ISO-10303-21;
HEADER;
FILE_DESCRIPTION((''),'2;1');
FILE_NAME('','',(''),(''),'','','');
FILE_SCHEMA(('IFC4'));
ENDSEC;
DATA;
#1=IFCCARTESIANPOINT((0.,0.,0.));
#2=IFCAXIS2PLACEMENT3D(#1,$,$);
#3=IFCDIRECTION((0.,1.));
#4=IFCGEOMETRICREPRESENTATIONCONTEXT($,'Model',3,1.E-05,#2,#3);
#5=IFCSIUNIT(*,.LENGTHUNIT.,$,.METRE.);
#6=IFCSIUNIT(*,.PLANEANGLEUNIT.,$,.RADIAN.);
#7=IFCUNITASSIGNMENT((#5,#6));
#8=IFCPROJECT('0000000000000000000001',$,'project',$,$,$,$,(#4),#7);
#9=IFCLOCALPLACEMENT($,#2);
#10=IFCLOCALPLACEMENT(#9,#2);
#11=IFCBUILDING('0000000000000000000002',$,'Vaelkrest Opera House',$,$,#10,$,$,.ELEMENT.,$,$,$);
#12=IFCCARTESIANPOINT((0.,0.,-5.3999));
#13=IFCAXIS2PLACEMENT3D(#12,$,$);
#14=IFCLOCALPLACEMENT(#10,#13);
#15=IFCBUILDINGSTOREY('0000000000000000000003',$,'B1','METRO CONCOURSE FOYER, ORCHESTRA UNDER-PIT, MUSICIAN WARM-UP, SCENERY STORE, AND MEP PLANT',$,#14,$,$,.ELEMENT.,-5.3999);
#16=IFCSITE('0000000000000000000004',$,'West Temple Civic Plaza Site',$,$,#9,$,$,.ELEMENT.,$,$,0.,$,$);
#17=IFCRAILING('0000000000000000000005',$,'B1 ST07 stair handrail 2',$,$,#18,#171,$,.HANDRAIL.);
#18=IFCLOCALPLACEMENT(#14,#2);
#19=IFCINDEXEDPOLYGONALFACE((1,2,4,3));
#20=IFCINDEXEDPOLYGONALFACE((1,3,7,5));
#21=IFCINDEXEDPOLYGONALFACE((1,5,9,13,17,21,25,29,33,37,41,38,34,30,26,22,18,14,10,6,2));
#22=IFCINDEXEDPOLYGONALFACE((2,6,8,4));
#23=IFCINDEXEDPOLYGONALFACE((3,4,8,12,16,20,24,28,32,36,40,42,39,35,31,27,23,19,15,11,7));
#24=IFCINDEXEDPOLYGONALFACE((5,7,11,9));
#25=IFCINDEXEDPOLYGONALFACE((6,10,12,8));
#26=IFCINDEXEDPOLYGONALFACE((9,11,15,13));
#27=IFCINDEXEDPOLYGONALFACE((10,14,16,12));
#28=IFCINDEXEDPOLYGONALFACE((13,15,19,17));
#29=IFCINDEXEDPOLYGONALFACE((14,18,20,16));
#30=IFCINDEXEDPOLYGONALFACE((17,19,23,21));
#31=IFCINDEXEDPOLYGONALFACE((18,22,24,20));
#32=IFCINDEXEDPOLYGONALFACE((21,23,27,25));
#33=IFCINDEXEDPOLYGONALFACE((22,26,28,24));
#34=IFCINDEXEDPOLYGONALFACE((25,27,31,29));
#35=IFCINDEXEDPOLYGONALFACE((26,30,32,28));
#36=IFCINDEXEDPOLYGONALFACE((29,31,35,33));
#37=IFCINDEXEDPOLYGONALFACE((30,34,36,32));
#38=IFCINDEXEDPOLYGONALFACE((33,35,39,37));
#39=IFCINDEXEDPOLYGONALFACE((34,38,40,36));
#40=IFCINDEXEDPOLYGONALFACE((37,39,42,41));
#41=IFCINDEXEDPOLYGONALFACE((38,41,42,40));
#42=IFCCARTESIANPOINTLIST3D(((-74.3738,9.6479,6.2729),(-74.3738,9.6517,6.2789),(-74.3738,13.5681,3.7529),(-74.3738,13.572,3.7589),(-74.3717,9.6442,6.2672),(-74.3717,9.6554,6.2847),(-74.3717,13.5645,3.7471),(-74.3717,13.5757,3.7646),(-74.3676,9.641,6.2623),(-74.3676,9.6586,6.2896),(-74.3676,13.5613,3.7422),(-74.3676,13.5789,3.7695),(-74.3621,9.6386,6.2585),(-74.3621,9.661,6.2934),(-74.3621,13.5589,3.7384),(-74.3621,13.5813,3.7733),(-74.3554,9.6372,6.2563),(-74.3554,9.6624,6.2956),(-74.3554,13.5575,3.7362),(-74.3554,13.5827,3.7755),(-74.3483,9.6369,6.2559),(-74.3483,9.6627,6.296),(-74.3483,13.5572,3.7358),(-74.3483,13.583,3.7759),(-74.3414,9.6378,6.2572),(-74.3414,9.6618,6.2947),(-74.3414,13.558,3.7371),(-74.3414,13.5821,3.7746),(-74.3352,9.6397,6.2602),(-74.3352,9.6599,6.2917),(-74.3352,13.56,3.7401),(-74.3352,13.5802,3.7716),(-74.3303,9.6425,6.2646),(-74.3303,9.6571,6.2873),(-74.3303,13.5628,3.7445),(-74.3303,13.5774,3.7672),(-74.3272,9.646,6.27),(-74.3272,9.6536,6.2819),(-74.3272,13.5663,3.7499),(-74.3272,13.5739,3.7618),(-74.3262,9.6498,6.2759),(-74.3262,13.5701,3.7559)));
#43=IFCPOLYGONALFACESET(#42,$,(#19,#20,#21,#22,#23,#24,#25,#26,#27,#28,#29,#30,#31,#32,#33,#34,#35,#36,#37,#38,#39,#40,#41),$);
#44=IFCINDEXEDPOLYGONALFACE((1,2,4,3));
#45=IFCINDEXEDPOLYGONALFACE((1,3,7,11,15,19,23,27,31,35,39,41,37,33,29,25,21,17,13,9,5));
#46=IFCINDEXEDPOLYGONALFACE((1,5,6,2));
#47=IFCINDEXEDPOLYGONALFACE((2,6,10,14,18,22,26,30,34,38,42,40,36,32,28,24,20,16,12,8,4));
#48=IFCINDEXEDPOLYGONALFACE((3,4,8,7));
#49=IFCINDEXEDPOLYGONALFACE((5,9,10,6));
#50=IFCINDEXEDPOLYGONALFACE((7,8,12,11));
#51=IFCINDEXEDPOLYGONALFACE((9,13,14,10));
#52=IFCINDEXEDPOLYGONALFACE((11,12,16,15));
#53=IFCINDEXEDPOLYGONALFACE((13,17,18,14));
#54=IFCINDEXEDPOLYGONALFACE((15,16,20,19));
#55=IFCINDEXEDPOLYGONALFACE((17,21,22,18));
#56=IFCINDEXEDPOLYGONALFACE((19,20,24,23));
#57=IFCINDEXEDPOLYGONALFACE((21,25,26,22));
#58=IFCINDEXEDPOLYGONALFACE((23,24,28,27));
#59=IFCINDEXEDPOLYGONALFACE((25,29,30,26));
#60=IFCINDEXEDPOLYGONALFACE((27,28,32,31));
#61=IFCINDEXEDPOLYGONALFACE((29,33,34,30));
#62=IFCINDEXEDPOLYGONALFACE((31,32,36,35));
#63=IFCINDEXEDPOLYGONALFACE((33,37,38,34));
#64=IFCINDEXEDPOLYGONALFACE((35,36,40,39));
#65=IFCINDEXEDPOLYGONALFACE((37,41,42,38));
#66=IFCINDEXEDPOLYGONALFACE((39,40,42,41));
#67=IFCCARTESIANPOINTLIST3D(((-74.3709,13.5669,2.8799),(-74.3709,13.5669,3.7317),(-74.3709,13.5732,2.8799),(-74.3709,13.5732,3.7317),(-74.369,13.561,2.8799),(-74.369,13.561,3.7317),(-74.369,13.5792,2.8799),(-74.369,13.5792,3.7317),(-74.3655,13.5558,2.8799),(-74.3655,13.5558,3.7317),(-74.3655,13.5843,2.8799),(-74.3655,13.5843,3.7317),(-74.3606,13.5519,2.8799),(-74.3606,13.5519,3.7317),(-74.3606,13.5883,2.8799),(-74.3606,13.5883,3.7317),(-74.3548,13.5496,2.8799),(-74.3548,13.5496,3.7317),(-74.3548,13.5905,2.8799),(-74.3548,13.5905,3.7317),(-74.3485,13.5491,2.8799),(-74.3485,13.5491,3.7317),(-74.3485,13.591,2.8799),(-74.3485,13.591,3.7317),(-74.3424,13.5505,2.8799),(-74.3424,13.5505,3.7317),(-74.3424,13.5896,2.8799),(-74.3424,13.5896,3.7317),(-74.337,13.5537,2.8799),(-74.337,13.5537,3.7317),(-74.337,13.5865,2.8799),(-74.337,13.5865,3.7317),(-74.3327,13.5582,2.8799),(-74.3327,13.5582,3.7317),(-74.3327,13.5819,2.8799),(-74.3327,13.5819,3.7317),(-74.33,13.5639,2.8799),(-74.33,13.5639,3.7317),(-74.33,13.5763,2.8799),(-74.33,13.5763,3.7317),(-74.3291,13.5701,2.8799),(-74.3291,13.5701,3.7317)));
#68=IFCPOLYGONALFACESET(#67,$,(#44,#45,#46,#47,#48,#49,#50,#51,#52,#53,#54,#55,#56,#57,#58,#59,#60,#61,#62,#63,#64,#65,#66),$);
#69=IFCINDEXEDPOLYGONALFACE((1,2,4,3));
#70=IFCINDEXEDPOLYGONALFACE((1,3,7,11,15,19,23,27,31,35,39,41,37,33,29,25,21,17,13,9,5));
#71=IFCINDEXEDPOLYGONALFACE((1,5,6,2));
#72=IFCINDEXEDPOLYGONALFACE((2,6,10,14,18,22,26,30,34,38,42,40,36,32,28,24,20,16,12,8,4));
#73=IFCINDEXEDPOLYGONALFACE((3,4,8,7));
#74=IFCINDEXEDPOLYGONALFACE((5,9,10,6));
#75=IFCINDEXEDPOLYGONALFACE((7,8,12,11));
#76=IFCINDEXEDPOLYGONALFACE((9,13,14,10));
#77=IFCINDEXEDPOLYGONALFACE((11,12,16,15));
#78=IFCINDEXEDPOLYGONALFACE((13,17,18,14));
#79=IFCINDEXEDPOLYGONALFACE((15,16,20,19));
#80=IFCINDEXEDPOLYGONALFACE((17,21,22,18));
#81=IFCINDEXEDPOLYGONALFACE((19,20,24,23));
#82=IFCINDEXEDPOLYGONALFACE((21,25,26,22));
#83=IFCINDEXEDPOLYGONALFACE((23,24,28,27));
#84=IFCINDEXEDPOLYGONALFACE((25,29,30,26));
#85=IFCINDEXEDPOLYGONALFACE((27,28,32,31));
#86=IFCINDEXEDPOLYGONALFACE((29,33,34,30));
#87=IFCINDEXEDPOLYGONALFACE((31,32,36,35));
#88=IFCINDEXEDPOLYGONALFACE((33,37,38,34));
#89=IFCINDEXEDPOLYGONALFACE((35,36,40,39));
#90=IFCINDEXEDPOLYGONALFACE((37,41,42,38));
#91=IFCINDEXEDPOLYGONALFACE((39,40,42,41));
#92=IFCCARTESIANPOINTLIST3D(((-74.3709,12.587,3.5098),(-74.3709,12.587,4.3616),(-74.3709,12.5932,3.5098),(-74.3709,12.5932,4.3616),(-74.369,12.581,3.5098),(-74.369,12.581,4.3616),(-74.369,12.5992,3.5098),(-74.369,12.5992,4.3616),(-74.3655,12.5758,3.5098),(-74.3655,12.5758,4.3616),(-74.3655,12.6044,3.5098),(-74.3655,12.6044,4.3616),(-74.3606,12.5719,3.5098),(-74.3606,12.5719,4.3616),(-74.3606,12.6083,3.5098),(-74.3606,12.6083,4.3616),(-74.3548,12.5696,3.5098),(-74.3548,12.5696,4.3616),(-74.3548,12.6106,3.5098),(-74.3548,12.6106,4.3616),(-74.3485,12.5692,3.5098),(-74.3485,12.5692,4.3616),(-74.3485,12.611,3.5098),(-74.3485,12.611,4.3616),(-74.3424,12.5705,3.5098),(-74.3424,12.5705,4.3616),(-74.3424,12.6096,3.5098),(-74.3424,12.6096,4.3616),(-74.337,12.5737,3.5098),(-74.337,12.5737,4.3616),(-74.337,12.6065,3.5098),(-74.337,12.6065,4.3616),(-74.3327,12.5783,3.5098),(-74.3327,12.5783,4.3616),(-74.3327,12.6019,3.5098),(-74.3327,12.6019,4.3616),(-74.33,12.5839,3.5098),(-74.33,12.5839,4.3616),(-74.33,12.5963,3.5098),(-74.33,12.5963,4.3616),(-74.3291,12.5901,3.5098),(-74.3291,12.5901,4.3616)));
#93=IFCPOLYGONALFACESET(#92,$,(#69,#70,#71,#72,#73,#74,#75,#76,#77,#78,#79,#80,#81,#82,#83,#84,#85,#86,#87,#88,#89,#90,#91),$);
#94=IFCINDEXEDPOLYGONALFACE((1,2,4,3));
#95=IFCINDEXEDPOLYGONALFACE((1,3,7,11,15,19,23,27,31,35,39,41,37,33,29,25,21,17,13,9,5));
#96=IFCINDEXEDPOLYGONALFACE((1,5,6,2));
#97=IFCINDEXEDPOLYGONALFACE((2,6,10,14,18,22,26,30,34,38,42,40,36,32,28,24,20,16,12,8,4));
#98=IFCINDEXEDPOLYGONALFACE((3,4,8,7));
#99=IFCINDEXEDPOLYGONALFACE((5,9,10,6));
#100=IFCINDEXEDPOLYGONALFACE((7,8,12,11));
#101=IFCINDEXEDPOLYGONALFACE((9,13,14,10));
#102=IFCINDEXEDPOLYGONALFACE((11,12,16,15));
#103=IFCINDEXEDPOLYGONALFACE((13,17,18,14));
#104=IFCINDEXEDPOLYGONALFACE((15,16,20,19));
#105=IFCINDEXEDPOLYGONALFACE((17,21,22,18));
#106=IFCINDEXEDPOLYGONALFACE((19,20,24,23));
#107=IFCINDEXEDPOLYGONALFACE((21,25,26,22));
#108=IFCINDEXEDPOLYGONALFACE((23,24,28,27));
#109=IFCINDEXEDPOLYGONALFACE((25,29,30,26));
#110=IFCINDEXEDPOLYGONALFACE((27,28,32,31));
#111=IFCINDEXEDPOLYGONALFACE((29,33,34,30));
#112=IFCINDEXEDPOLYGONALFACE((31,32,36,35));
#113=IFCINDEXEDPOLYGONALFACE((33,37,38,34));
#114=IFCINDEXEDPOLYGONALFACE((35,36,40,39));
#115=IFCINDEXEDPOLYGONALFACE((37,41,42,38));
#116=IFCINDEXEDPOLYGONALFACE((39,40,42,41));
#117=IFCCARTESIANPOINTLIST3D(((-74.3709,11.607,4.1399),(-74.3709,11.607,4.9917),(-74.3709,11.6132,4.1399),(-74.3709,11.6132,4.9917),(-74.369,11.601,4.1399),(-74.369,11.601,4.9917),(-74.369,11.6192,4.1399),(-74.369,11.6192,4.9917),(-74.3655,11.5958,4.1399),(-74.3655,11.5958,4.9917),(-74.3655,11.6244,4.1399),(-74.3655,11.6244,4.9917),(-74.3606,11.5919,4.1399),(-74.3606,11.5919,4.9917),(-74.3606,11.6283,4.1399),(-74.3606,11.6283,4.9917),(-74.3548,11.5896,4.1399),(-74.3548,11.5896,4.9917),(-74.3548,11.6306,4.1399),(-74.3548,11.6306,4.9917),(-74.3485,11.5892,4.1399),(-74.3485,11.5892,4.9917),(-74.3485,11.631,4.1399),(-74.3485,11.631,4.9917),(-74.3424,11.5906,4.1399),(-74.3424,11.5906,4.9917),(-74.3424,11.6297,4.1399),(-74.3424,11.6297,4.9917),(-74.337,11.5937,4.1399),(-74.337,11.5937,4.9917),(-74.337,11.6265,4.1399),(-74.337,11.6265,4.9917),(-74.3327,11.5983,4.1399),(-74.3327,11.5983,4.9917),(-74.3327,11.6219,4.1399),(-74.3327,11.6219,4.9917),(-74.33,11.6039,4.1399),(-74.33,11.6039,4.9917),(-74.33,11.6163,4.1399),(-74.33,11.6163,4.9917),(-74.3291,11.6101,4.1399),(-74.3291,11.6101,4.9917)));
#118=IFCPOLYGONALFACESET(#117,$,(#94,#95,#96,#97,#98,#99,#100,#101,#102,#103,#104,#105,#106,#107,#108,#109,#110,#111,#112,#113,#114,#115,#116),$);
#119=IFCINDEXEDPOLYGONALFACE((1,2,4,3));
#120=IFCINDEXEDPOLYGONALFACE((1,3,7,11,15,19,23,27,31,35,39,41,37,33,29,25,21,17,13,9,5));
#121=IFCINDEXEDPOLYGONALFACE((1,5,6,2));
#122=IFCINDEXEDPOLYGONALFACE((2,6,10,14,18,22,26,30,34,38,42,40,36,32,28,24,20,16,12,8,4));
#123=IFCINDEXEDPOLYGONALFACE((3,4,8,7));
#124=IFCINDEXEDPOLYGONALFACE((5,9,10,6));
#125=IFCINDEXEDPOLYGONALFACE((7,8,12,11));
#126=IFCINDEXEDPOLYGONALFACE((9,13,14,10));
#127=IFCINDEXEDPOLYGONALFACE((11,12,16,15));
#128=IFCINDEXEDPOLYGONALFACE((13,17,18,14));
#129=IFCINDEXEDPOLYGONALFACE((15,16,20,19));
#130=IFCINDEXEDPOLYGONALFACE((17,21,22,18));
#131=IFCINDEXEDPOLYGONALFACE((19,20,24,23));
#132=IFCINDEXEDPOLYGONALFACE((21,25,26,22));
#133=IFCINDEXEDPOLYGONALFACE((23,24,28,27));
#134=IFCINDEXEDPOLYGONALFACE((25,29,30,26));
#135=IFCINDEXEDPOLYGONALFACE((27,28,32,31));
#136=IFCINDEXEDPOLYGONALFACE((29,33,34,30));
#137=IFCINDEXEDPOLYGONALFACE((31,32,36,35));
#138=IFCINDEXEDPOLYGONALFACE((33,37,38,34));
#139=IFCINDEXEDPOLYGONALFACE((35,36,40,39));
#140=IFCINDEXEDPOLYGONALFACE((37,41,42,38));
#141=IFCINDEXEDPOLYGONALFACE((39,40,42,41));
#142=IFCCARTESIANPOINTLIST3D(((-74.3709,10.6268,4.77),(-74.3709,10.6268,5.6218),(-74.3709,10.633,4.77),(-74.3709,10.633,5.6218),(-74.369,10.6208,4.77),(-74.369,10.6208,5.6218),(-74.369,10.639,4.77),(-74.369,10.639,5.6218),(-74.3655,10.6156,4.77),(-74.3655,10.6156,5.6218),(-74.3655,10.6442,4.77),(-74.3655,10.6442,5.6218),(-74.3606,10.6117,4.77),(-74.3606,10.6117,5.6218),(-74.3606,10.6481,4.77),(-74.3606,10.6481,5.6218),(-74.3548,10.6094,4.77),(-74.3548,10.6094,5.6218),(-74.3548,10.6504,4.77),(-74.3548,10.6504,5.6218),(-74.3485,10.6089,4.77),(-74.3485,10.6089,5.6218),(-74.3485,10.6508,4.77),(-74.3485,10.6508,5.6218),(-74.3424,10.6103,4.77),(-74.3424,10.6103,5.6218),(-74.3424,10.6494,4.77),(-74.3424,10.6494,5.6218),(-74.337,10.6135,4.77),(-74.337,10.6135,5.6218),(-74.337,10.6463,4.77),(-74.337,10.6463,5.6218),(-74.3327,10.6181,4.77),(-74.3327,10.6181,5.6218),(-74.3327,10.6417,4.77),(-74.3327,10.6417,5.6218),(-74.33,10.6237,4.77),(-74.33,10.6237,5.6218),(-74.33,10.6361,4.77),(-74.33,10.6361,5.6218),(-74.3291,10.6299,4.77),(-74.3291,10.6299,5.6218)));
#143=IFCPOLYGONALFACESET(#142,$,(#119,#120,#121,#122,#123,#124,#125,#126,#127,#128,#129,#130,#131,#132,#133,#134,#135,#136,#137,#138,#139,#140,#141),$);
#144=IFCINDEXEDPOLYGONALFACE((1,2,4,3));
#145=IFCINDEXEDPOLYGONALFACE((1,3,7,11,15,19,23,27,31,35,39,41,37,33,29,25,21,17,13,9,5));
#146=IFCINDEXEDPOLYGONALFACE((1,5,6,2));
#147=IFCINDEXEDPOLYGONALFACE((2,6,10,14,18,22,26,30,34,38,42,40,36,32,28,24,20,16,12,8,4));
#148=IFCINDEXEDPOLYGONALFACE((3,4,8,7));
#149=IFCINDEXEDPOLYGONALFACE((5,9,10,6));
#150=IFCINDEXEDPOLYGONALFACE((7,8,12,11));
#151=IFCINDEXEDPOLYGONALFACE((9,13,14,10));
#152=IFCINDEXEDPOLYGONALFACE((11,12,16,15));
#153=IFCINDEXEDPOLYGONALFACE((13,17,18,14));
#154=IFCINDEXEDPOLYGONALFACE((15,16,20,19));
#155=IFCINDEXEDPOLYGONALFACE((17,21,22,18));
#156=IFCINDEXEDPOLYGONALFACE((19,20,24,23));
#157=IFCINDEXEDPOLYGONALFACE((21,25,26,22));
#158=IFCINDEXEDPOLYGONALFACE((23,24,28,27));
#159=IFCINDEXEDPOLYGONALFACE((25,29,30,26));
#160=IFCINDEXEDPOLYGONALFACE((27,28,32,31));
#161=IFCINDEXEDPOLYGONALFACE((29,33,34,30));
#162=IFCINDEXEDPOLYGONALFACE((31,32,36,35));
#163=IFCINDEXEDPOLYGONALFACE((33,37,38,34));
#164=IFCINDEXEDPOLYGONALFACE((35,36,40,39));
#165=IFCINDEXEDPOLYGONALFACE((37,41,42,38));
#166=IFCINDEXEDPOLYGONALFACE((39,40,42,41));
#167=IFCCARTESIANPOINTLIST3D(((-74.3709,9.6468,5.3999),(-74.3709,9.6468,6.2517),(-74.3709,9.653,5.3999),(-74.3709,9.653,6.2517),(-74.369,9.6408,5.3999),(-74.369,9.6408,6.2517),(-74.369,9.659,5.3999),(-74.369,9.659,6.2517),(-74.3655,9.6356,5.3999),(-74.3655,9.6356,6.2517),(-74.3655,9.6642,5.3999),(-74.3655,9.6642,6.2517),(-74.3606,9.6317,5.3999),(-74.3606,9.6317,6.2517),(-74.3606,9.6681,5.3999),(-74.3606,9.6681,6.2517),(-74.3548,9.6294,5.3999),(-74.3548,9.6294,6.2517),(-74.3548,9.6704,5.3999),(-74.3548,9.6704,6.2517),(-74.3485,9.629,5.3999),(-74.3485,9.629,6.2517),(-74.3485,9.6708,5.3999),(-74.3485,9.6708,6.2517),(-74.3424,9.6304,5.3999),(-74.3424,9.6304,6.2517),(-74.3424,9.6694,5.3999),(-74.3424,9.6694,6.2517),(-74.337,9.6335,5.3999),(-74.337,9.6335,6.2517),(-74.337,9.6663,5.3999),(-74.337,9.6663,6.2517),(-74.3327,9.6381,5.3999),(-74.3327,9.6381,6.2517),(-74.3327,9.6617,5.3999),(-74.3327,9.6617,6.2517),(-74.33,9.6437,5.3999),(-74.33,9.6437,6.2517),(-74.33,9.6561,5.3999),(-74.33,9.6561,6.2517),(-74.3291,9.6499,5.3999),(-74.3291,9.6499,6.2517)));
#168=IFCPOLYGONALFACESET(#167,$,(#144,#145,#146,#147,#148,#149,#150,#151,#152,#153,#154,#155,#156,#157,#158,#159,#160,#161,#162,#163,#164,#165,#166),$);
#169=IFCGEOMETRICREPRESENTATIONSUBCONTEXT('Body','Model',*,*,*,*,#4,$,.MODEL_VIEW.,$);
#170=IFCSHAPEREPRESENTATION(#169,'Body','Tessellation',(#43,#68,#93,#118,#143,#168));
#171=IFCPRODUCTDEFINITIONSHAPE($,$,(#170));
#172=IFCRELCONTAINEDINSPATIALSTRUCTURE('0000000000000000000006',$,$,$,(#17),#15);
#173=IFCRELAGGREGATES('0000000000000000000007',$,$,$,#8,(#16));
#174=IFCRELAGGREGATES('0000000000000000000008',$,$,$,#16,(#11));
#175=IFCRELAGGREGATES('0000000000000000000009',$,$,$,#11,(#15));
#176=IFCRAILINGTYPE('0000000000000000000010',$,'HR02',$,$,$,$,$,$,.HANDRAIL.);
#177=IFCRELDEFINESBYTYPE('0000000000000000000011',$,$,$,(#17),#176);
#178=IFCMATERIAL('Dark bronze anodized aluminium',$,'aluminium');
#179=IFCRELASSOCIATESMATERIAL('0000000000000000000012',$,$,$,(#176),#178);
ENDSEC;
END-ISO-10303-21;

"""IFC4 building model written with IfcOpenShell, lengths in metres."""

from ifc_helpers import new_model, si_unit, direction, frame, origin, origin_2d, place, context, subcontext, project, spatial, circle, extrude, material, type_object, element, save


model = new_model("IFC4")

# Units and contexts
model_context = context("Model", 3, precision=1e-05, world=origin(), true_north=direction((0.0, 1.0)))
body_context = subcontext(model_context, "Body", "Model", "MODEL_VIEW")
ifc_project = project(units=[si_unit("LENGTHUNIT", "METRE"), si_unit("PLANEANGLEUNIT", "RADIAN")], contexts=[model_context])

# Site, building, storey
site_placement = place(None, origin())
site = spatial("IfcSite", under=ifc_project, at=site_placement, Name="West Temple Civic Plaza Site", CompositionType="ELEMENT", RefElevation=0.0)
building_placement = place(site_placement, origin())
building = spatial("IfcBuilding", under=site, at=building_placement, Name="Vaelkrest Opera House", CompositionType="ELEMENT")
storey_placement = place(building_placement, frame((0.0, 0.0, -5.3999)))
storey = spatial("IfcBuildingStorey", under=building, at=storey_placement, Name="B1", Description="METRO CONCOURSE FOYER, ORCHESTRA UNDER-PIT, MUSICIAN WARM-UP, SCENERY STORE, AND MEP PLANT", CompositionType="ELEMENT", Elevation=-5.3999)

# Railing
ifc_material_1 = material(Name="Dark bronze anodized aluminium", Category="aluminium")
railing_type_1 = type_object("IfcRailingType", Name="HR02", PredefinedType="HANDRAIL", material=ifc_material_1)
railing_1_placement = place(storey_placement, frame((-74.3501, 13.5701, 2.8799)))
element("IfcRailing", 1, at=railing_1_placement, inside=storey, type_object=railing_type_1, Name="B1 ST07 stair handrail 2", PredefinedType="HANDRAIL", context=body_context, shape_type="SweptSolid", body=[
    extrude(circle(Radius=0.0239, at=origin_2d()), frame((0.0, 0.0, 0.876), z_axis=(0.0, -0.841187, 0.540744), x_axis=(1.0, 0.0, 0.0)), (0.0, 0.0, 1.0), 4.6604),
    extrude(circle(Radius=0.021, at=origin_2d()), origin(), (0.0, 0.0, 1.0), 0.8518),
    extrude(circle(Radius=0.021, at=origin_2d()), frame((0.0, -0.98, 0.6299)), (0.0, 0.0, 1.0), 0.8518),
    extrude(circle(Radius=0.021, at=origin_2d()), frame((0.0, -1.96, 1.26)), (0.0, 0.0, 1.0), 0.8518),
    extrude(circle(Radius=0.021, at=origin_2d()), frame((0.0, -2.9402, 1.8901)), (0.0, 0.0, 1.0), 0.8518),
    extrude(circle(Radius=0.021, at=origin_2d()), frame((0.0, -3.9202, 2.52)), (0.0, 0.0, 1.0), 0.8518),
])

save(model, "model.ifc")
